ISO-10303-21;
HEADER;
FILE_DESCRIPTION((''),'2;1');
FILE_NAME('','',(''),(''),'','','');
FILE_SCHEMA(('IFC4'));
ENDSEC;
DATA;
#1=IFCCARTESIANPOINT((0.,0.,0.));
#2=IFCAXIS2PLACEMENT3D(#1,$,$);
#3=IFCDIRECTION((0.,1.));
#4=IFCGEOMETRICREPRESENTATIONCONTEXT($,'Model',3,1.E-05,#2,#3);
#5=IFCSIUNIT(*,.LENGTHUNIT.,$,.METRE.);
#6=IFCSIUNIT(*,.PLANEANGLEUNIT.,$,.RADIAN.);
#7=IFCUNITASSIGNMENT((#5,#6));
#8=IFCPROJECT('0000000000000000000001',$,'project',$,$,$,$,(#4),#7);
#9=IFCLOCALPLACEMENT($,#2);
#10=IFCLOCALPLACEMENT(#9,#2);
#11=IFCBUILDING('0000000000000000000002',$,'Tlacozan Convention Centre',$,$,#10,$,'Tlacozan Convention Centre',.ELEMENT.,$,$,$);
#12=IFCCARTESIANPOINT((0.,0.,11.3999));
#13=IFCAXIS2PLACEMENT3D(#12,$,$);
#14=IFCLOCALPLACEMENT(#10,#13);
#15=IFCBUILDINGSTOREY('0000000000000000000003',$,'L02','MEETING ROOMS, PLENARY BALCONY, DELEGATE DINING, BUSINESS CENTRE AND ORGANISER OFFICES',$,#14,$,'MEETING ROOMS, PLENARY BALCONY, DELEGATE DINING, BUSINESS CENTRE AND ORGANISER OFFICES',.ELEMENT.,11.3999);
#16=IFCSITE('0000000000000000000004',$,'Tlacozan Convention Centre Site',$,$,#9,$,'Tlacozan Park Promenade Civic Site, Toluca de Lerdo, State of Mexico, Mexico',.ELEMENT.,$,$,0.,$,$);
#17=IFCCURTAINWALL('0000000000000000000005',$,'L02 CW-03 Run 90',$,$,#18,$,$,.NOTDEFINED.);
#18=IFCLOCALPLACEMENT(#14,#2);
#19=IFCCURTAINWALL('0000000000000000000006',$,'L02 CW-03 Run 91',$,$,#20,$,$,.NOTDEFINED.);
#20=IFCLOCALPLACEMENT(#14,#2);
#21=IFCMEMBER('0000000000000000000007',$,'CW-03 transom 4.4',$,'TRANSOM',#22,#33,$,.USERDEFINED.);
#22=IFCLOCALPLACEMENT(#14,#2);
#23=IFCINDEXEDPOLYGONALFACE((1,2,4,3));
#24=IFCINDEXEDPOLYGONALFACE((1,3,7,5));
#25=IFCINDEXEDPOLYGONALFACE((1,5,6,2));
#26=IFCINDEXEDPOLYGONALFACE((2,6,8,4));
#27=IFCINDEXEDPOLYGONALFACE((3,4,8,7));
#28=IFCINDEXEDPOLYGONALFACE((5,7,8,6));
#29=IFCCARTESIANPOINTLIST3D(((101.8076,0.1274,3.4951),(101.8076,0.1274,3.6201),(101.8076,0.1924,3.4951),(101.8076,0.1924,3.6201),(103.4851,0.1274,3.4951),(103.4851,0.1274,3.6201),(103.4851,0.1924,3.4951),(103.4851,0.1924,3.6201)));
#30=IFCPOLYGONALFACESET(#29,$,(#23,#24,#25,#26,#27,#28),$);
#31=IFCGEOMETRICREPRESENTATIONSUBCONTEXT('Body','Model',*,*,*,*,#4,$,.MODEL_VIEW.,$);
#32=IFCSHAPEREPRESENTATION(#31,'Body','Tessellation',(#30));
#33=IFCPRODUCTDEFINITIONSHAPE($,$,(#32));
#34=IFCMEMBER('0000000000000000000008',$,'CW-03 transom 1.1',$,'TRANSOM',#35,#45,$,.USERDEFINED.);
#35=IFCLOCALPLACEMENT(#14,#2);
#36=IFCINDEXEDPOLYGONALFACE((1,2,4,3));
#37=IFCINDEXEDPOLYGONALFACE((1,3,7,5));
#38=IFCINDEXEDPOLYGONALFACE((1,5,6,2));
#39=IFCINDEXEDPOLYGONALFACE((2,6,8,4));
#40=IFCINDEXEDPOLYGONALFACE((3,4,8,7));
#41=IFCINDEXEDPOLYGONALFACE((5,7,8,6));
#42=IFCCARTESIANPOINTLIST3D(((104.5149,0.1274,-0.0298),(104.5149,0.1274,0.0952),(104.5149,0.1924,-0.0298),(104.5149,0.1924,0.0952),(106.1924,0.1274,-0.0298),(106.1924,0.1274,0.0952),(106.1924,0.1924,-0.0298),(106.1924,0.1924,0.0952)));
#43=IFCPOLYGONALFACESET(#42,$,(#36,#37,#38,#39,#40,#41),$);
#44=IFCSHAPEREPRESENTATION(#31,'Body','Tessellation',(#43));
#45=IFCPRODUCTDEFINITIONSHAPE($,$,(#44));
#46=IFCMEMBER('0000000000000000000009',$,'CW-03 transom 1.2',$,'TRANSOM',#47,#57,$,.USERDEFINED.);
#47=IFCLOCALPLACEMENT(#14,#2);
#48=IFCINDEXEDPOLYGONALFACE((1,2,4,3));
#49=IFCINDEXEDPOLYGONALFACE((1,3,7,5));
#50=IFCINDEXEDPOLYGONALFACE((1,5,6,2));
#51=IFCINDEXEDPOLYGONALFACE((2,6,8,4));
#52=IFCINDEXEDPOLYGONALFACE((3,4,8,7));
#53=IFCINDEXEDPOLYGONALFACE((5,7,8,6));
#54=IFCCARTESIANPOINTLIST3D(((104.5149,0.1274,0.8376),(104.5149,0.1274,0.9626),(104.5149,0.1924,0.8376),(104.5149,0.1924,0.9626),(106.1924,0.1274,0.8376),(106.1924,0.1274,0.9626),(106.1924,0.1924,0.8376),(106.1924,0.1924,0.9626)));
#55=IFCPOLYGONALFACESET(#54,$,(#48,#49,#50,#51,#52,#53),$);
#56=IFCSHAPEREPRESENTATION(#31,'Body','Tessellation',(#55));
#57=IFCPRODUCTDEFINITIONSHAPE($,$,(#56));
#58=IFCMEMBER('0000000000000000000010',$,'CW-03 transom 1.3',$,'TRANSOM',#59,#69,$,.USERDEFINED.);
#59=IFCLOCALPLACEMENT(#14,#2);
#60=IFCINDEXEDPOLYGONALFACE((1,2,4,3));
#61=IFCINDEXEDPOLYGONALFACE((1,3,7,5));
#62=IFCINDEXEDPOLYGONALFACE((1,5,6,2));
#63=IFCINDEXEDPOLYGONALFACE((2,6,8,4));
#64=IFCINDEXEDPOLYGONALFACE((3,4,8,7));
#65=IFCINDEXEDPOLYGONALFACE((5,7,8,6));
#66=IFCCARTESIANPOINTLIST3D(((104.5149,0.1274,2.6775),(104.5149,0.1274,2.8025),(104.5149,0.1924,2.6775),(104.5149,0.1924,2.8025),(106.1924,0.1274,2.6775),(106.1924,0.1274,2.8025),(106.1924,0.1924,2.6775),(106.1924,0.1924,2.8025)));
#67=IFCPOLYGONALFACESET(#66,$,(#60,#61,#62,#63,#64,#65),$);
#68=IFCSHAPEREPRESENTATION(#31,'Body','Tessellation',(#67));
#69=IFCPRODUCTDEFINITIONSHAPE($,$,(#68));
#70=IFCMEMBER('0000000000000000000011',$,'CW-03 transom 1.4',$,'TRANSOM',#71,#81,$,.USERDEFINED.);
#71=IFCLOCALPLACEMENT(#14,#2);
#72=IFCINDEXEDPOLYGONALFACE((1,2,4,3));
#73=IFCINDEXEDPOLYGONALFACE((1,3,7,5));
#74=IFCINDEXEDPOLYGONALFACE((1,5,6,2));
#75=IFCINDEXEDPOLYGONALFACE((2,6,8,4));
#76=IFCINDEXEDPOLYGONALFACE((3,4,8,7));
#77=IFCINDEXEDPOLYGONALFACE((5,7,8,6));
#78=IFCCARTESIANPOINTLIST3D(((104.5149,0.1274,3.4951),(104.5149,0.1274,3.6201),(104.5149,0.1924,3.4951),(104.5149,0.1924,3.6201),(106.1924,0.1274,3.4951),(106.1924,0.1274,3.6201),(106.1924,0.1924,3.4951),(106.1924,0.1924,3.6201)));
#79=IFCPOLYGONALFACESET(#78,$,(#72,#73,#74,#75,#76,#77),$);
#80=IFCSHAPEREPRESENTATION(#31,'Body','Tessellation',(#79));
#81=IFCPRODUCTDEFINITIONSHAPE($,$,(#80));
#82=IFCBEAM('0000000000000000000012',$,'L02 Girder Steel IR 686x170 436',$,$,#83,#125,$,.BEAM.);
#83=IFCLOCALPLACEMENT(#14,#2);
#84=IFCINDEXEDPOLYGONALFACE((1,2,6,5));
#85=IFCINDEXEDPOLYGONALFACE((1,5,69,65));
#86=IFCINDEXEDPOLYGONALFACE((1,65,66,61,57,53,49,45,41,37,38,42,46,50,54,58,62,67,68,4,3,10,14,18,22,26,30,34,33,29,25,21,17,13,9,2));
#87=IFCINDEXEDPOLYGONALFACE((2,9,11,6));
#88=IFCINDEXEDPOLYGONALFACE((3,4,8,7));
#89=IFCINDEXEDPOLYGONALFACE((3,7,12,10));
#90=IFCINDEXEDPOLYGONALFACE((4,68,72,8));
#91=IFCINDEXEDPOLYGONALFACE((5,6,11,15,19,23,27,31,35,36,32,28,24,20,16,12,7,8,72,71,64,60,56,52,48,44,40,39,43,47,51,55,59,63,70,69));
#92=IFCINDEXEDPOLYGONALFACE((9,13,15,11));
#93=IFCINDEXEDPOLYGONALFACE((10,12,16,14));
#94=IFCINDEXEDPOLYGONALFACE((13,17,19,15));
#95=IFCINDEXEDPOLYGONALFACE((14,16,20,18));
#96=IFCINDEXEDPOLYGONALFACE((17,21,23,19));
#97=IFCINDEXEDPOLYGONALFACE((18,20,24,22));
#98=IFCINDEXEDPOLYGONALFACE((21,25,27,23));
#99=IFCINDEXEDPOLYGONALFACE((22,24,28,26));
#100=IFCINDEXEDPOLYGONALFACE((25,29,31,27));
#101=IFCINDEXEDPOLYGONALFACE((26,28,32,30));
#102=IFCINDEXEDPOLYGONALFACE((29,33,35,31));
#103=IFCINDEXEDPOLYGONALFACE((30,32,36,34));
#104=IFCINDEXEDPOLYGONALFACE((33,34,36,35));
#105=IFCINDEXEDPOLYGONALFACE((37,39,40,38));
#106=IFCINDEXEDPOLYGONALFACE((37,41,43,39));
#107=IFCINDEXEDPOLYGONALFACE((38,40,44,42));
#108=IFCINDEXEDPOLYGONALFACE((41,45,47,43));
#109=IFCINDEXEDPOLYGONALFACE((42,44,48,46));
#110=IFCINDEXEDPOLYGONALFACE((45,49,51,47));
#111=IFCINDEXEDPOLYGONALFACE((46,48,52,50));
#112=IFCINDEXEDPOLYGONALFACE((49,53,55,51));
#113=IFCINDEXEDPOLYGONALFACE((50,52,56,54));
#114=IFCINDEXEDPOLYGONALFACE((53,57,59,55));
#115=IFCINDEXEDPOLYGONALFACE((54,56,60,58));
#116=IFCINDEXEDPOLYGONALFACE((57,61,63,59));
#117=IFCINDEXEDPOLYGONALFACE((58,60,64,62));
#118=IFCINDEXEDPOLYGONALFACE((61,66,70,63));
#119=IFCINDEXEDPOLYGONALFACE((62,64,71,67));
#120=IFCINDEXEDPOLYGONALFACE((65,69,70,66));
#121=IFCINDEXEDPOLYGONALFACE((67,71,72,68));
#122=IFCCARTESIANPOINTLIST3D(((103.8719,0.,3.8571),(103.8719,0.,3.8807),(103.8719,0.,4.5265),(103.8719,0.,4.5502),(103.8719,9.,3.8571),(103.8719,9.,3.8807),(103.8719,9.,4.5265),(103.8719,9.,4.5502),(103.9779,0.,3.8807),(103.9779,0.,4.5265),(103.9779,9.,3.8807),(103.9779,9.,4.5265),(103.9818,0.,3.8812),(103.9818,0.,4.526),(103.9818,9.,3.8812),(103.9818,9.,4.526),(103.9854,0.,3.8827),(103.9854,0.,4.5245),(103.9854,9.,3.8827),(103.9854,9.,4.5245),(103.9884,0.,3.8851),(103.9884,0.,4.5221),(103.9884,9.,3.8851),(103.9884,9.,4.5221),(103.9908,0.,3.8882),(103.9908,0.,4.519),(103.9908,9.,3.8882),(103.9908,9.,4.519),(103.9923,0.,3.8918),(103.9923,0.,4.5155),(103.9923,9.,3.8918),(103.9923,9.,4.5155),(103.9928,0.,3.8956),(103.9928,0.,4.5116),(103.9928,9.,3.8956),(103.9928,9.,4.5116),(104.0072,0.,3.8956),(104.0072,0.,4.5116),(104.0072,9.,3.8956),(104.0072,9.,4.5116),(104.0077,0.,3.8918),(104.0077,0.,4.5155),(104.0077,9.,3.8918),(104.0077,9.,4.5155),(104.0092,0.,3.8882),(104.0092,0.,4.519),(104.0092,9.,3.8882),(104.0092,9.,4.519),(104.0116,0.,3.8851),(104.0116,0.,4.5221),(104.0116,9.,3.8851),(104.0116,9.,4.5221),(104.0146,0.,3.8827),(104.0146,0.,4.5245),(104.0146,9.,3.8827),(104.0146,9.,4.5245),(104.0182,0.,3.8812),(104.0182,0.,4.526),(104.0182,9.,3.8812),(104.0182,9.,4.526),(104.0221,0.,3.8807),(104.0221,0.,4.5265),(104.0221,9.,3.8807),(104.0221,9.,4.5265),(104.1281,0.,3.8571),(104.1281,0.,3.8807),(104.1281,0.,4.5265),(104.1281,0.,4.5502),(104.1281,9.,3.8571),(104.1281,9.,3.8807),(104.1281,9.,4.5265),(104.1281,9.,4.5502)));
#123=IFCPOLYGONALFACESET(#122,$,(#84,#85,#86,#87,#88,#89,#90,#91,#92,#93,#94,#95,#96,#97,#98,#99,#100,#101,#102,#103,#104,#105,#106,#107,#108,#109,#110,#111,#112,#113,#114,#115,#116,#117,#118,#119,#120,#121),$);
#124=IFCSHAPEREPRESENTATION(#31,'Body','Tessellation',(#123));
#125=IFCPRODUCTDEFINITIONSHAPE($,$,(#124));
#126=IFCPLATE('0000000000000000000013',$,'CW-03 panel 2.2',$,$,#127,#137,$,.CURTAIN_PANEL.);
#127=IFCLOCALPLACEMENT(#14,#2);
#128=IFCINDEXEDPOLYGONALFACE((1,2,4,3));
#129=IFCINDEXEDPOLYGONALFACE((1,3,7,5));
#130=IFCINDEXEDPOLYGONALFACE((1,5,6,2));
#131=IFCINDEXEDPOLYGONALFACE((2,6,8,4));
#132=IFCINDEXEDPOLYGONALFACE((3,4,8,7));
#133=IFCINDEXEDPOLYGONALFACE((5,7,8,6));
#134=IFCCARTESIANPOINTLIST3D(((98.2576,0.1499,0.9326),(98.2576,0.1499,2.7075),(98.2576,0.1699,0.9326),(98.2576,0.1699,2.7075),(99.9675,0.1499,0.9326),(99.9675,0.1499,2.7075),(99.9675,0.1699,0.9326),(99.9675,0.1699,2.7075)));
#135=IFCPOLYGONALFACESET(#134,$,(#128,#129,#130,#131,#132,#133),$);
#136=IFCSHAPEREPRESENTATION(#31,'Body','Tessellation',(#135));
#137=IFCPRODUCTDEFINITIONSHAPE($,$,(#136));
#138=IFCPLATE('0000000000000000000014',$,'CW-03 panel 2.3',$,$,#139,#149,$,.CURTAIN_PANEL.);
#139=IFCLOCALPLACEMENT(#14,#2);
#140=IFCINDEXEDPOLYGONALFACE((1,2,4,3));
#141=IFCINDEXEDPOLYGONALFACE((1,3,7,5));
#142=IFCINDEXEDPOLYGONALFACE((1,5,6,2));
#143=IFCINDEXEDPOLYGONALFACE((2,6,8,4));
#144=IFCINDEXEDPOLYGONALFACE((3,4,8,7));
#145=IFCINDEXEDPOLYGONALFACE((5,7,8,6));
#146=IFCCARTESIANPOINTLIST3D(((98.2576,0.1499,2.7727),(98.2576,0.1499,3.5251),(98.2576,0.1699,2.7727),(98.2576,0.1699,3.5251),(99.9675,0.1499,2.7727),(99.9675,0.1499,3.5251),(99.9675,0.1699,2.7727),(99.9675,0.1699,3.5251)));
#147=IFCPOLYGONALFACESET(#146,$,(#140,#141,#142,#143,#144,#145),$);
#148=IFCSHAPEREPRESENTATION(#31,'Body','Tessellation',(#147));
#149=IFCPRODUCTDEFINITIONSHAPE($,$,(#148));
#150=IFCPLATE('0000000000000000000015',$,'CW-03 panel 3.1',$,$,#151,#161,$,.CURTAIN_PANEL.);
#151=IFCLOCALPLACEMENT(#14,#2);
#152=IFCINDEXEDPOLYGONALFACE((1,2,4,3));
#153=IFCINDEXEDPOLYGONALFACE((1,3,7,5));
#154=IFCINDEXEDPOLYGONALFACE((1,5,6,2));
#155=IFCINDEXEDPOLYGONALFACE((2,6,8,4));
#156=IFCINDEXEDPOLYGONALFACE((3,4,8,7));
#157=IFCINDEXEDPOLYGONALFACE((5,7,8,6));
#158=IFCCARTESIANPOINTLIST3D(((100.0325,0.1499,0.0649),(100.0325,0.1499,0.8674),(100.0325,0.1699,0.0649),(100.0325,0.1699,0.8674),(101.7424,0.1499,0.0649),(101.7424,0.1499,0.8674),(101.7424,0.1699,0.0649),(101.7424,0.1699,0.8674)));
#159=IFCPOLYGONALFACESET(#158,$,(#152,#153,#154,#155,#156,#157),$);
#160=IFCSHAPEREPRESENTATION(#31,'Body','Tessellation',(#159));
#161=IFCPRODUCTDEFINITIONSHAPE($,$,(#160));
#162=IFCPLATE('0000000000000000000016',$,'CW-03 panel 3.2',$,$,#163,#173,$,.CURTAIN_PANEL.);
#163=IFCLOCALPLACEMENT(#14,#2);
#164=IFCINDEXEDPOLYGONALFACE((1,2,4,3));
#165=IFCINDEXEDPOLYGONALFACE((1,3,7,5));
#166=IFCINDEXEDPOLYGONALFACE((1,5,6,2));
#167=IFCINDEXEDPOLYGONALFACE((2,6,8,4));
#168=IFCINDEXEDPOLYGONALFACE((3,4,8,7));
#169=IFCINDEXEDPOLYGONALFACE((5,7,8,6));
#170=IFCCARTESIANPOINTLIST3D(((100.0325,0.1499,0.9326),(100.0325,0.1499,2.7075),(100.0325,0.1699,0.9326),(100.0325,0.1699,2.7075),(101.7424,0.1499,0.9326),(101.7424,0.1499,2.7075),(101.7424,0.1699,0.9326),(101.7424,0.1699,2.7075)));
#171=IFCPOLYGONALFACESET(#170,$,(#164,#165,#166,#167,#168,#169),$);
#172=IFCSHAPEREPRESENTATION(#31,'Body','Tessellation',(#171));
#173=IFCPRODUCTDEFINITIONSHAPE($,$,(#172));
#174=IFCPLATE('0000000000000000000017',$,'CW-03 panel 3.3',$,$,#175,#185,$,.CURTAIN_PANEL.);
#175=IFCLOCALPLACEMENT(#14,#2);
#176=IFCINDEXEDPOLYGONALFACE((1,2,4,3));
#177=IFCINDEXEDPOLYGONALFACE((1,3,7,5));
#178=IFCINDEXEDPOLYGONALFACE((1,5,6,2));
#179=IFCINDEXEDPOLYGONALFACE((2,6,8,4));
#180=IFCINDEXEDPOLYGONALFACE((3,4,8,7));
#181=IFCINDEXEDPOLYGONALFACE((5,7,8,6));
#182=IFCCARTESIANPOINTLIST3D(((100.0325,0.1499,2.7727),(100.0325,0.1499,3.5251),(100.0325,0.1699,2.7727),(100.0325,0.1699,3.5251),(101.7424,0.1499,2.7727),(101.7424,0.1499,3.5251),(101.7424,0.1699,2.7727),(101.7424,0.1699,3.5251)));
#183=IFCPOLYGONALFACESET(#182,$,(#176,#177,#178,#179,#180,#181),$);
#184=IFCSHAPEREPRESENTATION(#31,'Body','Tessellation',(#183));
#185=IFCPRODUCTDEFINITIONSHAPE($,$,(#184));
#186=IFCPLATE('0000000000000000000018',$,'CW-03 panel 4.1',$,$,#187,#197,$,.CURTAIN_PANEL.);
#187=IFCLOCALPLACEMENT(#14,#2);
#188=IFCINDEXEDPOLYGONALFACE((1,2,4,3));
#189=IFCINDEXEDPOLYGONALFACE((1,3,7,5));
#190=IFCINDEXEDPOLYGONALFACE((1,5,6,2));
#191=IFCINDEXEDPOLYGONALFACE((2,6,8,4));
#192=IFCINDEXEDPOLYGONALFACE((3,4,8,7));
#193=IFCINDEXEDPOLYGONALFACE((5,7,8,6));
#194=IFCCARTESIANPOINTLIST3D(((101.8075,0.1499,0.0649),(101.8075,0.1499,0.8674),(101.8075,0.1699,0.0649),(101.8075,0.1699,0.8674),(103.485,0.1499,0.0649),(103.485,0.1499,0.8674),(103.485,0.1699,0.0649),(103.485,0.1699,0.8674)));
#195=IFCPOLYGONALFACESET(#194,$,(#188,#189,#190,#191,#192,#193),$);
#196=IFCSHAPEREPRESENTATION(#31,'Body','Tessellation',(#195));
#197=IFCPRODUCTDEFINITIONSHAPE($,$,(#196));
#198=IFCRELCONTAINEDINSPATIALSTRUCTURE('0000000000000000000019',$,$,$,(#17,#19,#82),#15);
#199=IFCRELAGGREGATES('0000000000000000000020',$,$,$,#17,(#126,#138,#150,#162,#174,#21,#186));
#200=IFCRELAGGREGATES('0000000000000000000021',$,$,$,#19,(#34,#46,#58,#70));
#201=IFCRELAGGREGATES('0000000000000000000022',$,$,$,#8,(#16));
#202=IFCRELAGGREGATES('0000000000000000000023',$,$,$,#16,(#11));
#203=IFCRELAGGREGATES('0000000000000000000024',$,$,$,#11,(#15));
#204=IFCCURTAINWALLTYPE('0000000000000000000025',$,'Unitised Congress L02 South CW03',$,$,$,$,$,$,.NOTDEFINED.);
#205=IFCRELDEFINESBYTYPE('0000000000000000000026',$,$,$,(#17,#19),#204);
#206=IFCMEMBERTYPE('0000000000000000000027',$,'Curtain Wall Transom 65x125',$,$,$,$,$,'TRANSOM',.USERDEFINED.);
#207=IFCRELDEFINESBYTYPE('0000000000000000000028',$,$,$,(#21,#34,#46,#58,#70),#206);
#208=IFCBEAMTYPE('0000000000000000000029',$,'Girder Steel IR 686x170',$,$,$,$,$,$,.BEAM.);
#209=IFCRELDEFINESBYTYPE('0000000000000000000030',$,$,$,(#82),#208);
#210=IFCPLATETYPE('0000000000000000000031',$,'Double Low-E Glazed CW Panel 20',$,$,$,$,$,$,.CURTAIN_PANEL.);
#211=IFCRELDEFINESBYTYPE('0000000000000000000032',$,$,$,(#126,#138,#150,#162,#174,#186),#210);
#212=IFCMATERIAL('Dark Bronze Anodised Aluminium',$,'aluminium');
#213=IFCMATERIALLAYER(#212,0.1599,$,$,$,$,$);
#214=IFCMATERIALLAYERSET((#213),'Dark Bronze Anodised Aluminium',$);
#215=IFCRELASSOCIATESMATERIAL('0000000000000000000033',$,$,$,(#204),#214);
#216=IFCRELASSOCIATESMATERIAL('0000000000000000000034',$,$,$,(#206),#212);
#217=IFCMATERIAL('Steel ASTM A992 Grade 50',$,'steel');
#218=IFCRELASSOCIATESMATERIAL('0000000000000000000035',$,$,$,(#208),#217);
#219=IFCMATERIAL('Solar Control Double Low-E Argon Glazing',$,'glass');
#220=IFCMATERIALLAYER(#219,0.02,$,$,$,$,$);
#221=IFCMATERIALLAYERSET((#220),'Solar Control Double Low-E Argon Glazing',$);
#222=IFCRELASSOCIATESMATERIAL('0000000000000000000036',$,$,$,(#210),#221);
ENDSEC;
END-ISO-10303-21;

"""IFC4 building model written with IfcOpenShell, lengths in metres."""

from ifc_helpers import new_model, si_unit, direction, frame, origin, origin_2d, place, context, subcontext, project, spatial, rectangle, i_section, extrude, material, layer, layer_set, material_profile, profile_set, type_object, element, aggregate, save


model = new_model("IFC4")

# Units and contexts
model_context = context("Model", 3, precision=1e-05, world=origin(), true_north=direction((0.0, 1.0)))
body_context = subcontext(model_context, "Body", "Model", "MODEL_VIEW")
ifc_project = project(units=[si_unit("LENGTHUNIT", "METRE"), si_unit("PLANEANGLEUNIT", "RADIAN")], contexts=[model_context])

# Site, building, storey
site_placement = place(None, origin())
site = spatial("IfcSite", under=ifc_project, at=site_placement, Name="Tlacozan Convention Centre Site", LongName="Tlacozan Park Promenade Civic Site, Toluca de Lerdo, State of Mexico, Mexico", CompositionType="ELEMENT", RefElevation=0.0)
building_placement = place(site_placement, origin())
building = spatial("IfcBuilding", under=site, at=building_placement, Name="Tlacozan Convention Centre", LongName="Tlacozan Convention Centre", CompositionType="ELEMENT")
storey_placement = place(building_placement, frame((0.0, 0.0, 11.3999)))
storey = spatial("IfcBuildingStorey", under=building, at=storey_placement, Name="L02", Description="MEETING ROOMS, PLENARY BALCONY, DELEGATE DINING, BUSINESS CENTRE AND ORGANISER OFFICES", LongName="MEETING ROOMS, PLENARY BALCONY, DELEGATE DINING, BUSINESS CENTRE AND ORGANISER OFFICES", CompositionType="ELEMENT", Elevation=11.3999)

# Curtain wall
ifc_material_1 = material(Name="Dark Bronze Anodised Aluminium", Category="aluminium")
ifc_layer_1 = layer(ifc_material_1, 0.1599)
ifc_layer_set_1 = layer_set([ifc_layer_1], Name="Dark Bronze Anodised Aluminium")
curtain_wall_type = type_object("IfcCurtainWallType", Name="Unitised Congress L02 South CW03", PredefinedType="NOTDEFINED", material=ifc_layer_set_1)
curtain_wall_1_placement = place(storey_placement, origin())
curtain_wall_1 = element("IfcCurtainWall", 1, at=curtain_wall_1_placement, inside=storey, type_object=curtain_wall_type, Name="L02 CW-03 Run 90", PredefinedType="NOTDEFINED")

# Curtain wall
curtain_wall_2_placement = place(storey_placement, origin())
curtain_wall_2 = element("IfcCurtainWall", 2, at=curtain_wall_2_placement, inside=storey, type_object=curtain_wall_type, Name="L02 CW-03 Run 91", PredefinedType="NOTDEFINED")

# Members
ifc_material_profile_1 = material_profile(ifc_material_1, rectangle(XDim=0.0649, YDim=0.125, at=origin_2d()), Name="ALU 65x125")
ifc_profile_set_1 = profile_set([ifc_material_profile_1], Name="Dark Bronze Anodised Aluminium")
member_type_1 = type_object("IfcMemberType", Name="Curtain Wall Transom 65x125", ElementType="TRANSOM", PredefinedType="USERDEFINED", material=ifc_profile_set_1)
member_1_placement = place(storey_placement, frame((101.8076, 0.1599, 3.5576), z_axis=(1.0, 0.0, 0.0), x_axis=(0.0, 1.0, 0.0)))
member_1 = element("IfcMember", 3, at=member_1_placement, type_object=member_type_1, Name="CW-03 transom 4.4", ObjectType="TRANSOM", PredefinedType="USERDEFINED", context=body_context, shape_type="SweptSolid", body=[
    extrude(rectangle(XDim=0.0649, YDim=0.125, at=origin_2d()), origin(), (0.0, 0.0, 1.0), 1.6775),
])
member_2_placement = place(storey_placement, frame((104.5149, 0.1599, 0.0327), z_axis=(1.0, 0.0, 0.0), x_axis=(0.0, 1.0, 0.0)))
member_2 = element("IfcMember", 4, at=member_2_placement, type_object=member_type_1, Name="CW-03 transom 1.1", ObjectType="TRANSOM", PredefinedType="USERDEFINED", context=body_context, shape_type="SweptSolid", body=[
    extrude(rectangle(XDim=0.0649, YDim=0.125, at=origin_2d()), origin(), (0.0, 0.0, 1.0), 1.6775),
])
member_3_placement = place(storey_placement, frame((104.5149, 0.1599, 0.9001), z_axis=(1.0, 0.0, 0.0), x_axis=(0.0, 1.0, 0.0)))
member_3 = element("IfcMember", 5, at=member_3_placement, type_object=member_type_1, Name="CW-03 transom 1.2", ObjectType="TRANSOM", PredefinedType="USERDEFINED", context=body_context, shape_type="SweptSolid", body=[
    extrude(rectangle(XDim=0.0649, YDim=0.125, at=origin_2d()), origin(), (0.0, 0.0, 1.0), 1.6775),
])
member_4_placement = place(storey_placement, frame((104.5149, 0.1599, 2.74), z_axis=(1.0, 0.0, 0.0), x_axis=(0.0, 1.0, 0.0)))
member_4 = element("IfcMember", 6, at=member_4_placement, type_object=member_type_1, Name="CW-03 transom 1.3", ObjectType="TRANSOM", PredefinedType="USERDEFINED", context=body_context, shape_type="SweptSolid", body=[
    extrude(rectangle(XDim=0.0649, YDim=0.125, at=origin_2d()), origin(), (0.0, 0.0, 1.0), 1.6775),
])
member_5_placement = place(storey_placement, frame((104.5149, 0.1599, 3.5576), z_axis=(1.0, 0.0, 0.0), x_axis=(0.0, 1.0, 0.0)))
member_5 = element("IfcMember", 7, at=member_5_placement, type_object=member_type_1, Name="CW-03 transom 1.4", ObjectType="TRANSOM", PredefinedType="USERDEFINED", context=body_context, shape_type="SweptSolid", body=[
    extrude(rectangle(XDim=0.0649, YDim=0.125, at=origin_2d()), origin(), (0.0, 0.0, 1.0), 1.6775),
])

# Beam
ifc_material_2 = material(Name="Steel ASTM A992 Grade 50", Category="steel")
ifc_material_profile_2 = material_profile(ifc_material_2, i_section(OverallWidth=0.2561, OverallDepth=0.6931, WebThickness=0.0144, FlangeThickness=0.0237, FilletRadius=0.0149, at=origin_2d()), Name="IR 686x170.0")
ifc_profile_set_2 = profile_set([ifc_material_profile_2], Name="Steel ASTM A992 Grade 50")
beam_type = type_object("IfcBeamType", Name="Girder Steel IR 686x170", PredefinedType="BEAM", material=ifc_profile_set_2)
beam_placement = place(storey_placement, frame((104.0, 0.0, 4.2036), z_axis=(0.0, 1.0, 0.0), x_axis=(-1.0, 0.0, 0.0)))
element("IfcBeam", 8, at=beam_placement, inside=storey, type_object=beam_type, Name="L02 Girder Steel IR 686x170 436", PredefinedType="BEAM", context=body_context, shape_type="SweptSolid", body=[
    extrude(i_section(OverallWidth=0.2561, OverallDepth=0.6931, WebThickness=0.0144, FlangeThickness=0.0237, FilletRadius=0.0149, at=origin_2d()), origin(), (0.0, 0.0, 1.0), 9.0),
])

# Plates
ifc_material_3 = material(Name="Solar Control Double Low-E Argon Glazing", Category="glass")
ifc_layer_2 = layer(ifc_material_3, 0.02)
ifc_layer_set_2 = layer_set([ifc_layer_2], Name="Solar Control Double Low-E Argon Glazing")
plate_type_1 = type_object("IfcPlateType", Name="Double Low-E Glazed CW Panel 20", PredefinedType="CURTAIN_PANEL", material=ifc_layer_set_2)
plate_1_placement = place(storey_placement, frame((99.1125, 0.1599, 0.9326), z_axis=(0.0, 0.0, 1.0), x_axis=(1.0, 0.0, 0.0)))
plate_1 = element("IfcPlate", 9, at=plate_1_placement, type_object=plate_type_1, Name="CW-03 panel 2.2", PredefinedType="CURTAIN_PANEL", context=body_context, shape_type="SweptSolid", body=[
    extrude(rectangle(XDim=1.71, YDim=0.02, at=origin_2d()), origin(), (0.0, 0.0, 1.0), 1.7749),
])
plate_2_placement = place(storey_placement, frame((99.1125, 0.1599, 2.7727), z_axis=(0.0, 0.0, 1.0), x_axis=(1.0, 0.0, 0.0)))
plate_2 = element("IfcPlate", 10, at=plate_2_placement, type_object=plate_type_1, Name="CW-03 panel 2.3", PredefinedType="CURTAIN_PANEL", context=body_context, shape_type="SweptSolid", body=[
    extrude(rectangle(XDim=1.71, YDim=0.02, at=origin_2d()), origin(), (0.0, 0.0, 1.0), 0.7524),
])
plate_3_placement = place(storey_placement, frame((100.8875, 0.1599, 0.0649), z_axis=(0.0, 0.0, 1.0), x_axis=(1.0, 0.0, 0.0)))
plate_3 = element("IfcPlate", 11, at=plate_3_placement, type_object=plate_type_1, Name="CW-03 panel 3.1", PredefinedType="CURTAIN_PANEL", context=body_context, shape_type="SweptSolid", body=[
    extrude(rectangle(XDim=1.71, YDim=0.02, at=origin_2d()), origin(), (0.0, 0.0, 1.0), 0.8025),
])
plate_4_placement = place(storey_placement, frame((100.8875, 0.1599, 0.9326), z_axis=(0.0, 0.0, 1.0), x_axis=(1.0, 0.0, 0.0)))
plate_4 = element("IfcPlate", 12, at=plate_4_placement, type_object=plate_type_1, Name="CW-03 panel 3.2", PredefinedType="CURTAIN_PANEL", context=body_context, shape_type="SweptSolid", body=[
    extrude(rectangle(XDim=1.71, YDim=0.02, at=origin_2d()), origin(), (0.0, 0.0, 1.0), 1.7749),
])
plate_5_placement = place(storey_placement, frame((100.8875, 0.1599, 2.7727), z_axis=(0.0, 0.0, 1.0), x_axis=(1.0, 0.0, 0.0)))
plate_5 = element("IfcPlate", 13, at=plate_5_placement, type_object=plate_type_1, Name="CW-03 panel 3.3", PredefinedType="CURTAIN_PANEL", context=body_context, shape_type="SweptSolid", body=[
    extrude(rectangle(XDim=1.71, YDim=0.02, at=origin_2d()), origin(), (0.0, 0.0, 1.0), 0.7524),
])
plate_6_placement = place(storey_placement, frame((102.6462, 0.1599, 0.0649), z_axis=(0.0, 0.0, 1.0), x_axis=(1.0, 0.0, 0.0)))
plate_6 = element("IfcPlate", 14, at=plate_6_placement, type_object=plate_type_1, Name="CW-03 panel 4.1", PredefinedType="CURTAIN_PANEL", context=body_context, shape_type="SweptSolid", body=[
    extrude(rectangle(XDim=1.6775, YDim=0.02, at=origin_2d()), origin(), (0.0, 0.0, 1.0), 0.8025),
])
aggregate(curtain_wall_1, [plate_1, plate_2, plate_3, plate_4, plate_5, member_1, plate_6])
aggregate(curtain_wall_2, [member_2, member_3, member_4, member_5])

save(model, "model.ifc")
